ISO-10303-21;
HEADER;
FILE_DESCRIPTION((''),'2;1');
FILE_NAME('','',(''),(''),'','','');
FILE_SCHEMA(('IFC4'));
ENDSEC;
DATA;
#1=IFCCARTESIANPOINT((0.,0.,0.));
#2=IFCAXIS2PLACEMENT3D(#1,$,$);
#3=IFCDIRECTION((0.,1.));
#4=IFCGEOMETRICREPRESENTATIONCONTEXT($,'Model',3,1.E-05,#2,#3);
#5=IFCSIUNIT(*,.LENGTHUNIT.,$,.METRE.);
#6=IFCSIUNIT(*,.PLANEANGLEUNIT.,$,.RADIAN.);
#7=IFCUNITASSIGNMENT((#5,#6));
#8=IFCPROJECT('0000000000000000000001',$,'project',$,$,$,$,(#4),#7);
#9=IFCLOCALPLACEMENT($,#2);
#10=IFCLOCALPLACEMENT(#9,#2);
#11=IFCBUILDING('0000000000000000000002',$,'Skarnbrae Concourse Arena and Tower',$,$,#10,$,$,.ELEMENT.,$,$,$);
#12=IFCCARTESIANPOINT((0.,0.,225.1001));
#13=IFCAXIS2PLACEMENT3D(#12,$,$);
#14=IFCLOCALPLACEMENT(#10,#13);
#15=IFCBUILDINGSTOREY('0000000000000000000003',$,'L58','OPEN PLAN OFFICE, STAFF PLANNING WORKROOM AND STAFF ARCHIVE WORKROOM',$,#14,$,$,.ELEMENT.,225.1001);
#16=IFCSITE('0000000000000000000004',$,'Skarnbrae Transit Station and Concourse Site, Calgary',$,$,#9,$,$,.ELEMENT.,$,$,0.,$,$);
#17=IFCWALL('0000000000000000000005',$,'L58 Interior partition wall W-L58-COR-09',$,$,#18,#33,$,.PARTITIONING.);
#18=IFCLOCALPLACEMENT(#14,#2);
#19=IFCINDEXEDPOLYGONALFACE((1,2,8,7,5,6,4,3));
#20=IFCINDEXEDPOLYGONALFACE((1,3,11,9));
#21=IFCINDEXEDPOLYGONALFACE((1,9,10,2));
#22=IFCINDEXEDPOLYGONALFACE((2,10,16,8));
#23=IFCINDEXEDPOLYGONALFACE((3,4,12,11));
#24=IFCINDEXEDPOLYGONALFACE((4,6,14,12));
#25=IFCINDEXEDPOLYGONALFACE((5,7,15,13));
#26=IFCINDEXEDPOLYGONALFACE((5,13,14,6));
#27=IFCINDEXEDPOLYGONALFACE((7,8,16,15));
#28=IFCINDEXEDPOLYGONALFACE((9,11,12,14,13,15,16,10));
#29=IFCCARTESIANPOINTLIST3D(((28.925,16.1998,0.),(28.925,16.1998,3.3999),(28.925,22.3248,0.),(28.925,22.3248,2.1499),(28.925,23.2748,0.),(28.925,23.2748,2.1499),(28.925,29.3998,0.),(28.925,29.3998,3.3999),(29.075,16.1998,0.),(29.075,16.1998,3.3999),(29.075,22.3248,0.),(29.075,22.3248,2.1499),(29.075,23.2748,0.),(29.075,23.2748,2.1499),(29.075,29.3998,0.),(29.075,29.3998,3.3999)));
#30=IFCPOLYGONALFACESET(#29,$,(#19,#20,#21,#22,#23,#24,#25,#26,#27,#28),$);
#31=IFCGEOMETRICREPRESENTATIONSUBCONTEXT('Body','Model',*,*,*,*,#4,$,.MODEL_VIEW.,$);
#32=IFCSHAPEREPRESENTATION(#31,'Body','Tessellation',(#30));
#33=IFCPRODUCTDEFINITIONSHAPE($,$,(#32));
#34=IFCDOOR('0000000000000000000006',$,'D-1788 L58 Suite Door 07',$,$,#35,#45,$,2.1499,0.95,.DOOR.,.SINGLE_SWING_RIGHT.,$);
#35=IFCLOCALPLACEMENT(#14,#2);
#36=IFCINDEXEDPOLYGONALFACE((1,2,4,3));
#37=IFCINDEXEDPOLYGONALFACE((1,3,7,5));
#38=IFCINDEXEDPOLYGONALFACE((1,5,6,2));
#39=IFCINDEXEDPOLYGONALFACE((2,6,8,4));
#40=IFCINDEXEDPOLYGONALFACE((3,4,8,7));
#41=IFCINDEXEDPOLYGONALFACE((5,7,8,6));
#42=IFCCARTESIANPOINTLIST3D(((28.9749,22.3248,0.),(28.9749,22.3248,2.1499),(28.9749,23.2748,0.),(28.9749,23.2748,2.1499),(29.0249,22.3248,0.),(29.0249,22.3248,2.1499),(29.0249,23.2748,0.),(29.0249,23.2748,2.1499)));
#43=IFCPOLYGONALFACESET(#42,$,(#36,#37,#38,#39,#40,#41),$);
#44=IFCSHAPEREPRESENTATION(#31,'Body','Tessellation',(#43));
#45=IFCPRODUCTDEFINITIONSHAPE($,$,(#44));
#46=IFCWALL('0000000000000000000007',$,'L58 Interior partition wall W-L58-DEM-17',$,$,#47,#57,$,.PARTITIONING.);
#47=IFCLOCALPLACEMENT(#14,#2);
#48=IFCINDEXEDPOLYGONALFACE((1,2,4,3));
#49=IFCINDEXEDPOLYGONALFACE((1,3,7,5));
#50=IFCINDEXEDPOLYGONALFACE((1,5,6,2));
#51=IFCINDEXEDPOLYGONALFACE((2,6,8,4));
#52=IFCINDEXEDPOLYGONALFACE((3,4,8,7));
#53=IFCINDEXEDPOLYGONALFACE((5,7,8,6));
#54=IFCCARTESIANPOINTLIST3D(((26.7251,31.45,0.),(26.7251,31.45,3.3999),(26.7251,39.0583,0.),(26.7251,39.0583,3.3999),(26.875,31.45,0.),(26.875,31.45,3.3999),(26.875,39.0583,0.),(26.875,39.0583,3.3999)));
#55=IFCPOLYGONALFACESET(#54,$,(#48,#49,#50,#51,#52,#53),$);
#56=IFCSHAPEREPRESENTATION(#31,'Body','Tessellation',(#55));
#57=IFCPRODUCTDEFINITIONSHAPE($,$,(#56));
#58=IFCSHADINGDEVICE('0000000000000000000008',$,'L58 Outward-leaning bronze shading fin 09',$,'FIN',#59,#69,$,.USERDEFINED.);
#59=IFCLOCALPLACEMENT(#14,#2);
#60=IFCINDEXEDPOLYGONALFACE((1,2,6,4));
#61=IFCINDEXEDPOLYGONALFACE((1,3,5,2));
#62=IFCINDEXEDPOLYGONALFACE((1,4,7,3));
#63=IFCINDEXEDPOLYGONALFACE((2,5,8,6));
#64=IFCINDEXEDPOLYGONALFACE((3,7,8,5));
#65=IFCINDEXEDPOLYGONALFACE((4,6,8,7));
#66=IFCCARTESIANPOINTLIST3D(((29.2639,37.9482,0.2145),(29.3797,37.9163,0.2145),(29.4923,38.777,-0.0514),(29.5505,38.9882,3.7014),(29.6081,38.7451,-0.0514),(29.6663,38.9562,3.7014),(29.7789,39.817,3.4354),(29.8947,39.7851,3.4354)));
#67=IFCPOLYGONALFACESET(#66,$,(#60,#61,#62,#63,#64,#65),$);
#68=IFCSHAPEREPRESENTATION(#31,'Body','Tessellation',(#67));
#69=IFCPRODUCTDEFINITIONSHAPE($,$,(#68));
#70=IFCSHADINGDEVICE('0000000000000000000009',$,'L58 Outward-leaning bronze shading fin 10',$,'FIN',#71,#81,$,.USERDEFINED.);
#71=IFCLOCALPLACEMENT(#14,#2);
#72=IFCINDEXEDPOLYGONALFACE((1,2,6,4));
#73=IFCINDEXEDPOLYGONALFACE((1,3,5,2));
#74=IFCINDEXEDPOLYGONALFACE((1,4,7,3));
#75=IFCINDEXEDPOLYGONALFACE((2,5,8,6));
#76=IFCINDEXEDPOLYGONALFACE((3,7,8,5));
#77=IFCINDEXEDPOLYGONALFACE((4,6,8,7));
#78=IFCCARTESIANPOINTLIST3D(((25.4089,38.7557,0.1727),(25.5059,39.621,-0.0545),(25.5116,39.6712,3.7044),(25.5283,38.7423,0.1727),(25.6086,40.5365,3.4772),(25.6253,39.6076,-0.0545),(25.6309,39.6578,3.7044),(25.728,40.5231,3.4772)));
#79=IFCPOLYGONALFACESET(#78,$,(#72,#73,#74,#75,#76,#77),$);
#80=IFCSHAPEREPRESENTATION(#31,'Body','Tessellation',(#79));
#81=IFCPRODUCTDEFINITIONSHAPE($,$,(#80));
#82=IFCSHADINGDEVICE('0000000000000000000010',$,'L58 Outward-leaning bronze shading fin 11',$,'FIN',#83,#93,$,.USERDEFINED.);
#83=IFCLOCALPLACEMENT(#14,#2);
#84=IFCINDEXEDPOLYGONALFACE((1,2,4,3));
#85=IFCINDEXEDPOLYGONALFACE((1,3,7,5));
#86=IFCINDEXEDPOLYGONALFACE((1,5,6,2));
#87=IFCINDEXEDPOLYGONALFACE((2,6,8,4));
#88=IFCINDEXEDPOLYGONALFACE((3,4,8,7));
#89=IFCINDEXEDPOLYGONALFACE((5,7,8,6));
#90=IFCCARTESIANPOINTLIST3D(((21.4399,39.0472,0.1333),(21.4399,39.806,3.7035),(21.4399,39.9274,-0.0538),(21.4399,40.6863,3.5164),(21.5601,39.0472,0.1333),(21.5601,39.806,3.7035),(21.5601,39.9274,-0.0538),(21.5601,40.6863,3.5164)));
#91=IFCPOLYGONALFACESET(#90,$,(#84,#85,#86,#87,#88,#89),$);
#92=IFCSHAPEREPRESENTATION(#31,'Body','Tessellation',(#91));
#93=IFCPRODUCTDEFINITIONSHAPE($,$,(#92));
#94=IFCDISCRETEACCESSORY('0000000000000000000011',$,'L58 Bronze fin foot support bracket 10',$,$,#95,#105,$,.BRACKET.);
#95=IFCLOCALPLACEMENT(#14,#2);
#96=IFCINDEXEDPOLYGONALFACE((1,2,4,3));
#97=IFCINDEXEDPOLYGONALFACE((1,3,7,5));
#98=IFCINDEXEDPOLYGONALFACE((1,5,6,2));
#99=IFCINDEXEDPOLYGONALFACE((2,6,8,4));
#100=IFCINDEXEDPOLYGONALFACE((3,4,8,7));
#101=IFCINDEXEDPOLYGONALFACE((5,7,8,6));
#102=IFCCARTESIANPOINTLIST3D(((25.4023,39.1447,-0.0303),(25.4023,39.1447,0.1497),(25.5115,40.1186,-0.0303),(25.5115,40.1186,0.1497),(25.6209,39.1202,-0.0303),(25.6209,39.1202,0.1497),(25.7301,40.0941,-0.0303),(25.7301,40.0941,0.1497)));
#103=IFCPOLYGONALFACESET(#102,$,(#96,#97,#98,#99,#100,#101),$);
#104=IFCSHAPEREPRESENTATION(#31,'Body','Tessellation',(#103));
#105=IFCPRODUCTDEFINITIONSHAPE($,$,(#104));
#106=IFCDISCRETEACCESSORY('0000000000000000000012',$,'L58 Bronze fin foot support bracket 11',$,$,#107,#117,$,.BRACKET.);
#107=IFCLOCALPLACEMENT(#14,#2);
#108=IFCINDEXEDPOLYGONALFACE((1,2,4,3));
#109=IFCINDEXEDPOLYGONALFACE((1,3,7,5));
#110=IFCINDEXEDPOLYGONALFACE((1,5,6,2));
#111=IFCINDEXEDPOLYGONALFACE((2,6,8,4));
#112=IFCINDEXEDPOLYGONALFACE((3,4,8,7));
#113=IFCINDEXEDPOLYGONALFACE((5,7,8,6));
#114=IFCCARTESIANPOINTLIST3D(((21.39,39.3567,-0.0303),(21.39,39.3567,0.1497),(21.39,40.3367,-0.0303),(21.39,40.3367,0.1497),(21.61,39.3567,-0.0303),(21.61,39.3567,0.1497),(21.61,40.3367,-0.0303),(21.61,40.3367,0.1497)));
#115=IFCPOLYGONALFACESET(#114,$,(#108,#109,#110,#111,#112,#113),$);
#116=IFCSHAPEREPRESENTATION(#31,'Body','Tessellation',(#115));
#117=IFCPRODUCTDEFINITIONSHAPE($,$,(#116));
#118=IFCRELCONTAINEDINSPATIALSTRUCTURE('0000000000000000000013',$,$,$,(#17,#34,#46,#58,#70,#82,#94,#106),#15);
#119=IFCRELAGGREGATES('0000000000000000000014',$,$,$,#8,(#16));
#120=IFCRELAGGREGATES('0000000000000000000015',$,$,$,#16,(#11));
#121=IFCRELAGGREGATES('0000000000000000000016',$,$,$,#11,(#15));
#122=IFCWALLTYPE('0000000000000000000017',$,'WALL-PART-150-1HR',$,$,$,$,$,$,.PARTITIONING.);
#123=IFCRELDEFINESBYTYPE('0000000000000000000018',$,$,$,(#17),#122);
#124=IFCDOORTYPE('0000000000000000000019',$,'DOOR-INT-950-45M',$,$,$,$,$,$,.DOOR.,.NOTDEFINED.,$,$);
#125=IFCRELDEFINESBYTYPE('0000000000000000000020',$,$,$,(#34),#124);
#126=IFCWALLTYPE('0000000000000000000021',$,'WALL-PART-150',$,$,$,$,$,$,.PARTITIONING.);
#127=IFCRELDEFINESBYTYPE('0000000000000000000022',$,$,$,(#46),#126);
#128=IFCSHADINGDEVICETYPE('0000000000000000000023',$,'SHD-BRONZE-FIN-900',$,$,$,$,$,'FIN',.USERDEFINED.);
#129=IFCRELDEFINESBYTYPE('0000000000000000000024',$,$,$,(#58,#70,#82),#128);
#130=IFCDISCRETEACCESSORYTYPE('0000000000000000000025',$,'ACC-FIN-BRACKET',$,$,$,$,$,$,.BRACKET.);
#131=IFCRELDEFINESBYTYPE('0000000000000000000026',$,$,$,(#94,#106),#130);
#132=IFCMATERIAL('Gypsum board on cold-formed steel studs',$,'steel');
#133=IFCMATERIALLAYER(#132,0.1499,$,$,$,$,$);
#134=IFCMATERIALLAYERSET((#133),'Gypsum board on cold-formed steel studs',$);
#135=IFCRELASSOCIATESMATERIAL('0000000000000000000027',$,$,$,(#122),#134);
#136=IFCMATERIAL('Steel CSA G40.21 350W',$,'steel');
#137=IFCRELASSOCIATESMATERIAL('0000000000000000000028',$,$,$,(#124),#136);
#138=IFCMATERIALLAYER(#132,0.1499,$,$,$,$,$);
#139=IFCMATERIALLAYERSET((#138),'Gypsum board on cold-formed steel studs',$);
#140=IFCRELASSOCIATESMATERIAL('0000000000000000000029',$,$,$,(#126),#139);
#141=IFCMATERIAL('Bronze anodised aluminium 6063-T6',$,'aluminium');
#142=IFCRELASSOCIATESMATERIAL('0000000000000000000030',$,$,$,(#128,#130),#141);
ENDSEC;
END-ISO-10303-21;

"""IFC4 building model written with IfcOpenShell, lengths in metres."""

from ifc_helpers import new_model, si_unit, direction, frame, frame_2d, origin, origin_2d, place, context, subcontext, project, spatial, rectangle, extrude, source, transform, mapped, material, layer, layer_set, type_object, element, fill, save


model = new_model("IFC4")

# Units and contexts
model_context = context("Model", 3, precision=1e-05, world=origin(), true_north=direction((0.0, 1.0)))
body_context = subcontext(model_context, "Body", "Model", "MODEL_VIEW")
ifc_project = project(units=[si_unit("LENGTHUNIT", "METRE"), si_unit("PLANEANGLEUNIT", "RADIAN")], contexts=[model_context])

# Site, building, storey
site_placement = place(None, origin())
site = spatial("IfcSite", under=ifc_project, at=site_placement, Name="Skarnbrae Transit Station and Concourse Site, Calgary", CompositionType="ELEMENT", RefElevation=0.0)
building_placement = place(site_placement, origin())
building = spatial("IfcBuilding", under=site, at=building_placement, Name="Skarnbrae Concourse Arena and Tower", CompositionType="ELEMENT")
storey_placement = place(building_placement, frame((0.0, 0.0, 225.1001)))
storey = spatial("IfcBuildingStorey", under=building, at=storey_placement, Name="L58", Description="OPEN PLAN OFFICE, STAFF PLANNING WORKROOM AND STAFF ARCHIVE WORKROOM", CompositionType="ELEMENT", Elevation=225.1001)

# Shared definitions
ifc_material_1 = material(Name="Steel CSA G40.21 350W", Category="steel")

# Shared definitions
ifc_material_2 = material(Name="Bronze anodised aluminium 6063-T6", Category="aluminium")

# Shared definitions
ifc_material_3 = material(Name="Gypsum board on cold-formed steel studs", Category="steel")
ifc_layer_1 = layer(ifc_material_3, 0.1499)
ifc_layer_set_1 = layer_set([ifc_layer_1], Name="Gypsum board on cold-formed steel studs")
wall_type_1 = type_object("IfcWallType", Name="WALL-PART-150-1HR", PredefinedType="PARTITIONING", material=ifc_layer_set_1)

# Shared definitions
door_type = type_object("IfcDoorType", Name="DOOR-INT-950-45M", OperationType="NOTDEFINED", PredefinedType="DOOR", material=ifc_material_1)
shared_shape_1 = source(origin(), body_context, "Body", "SweptSolid", [
    extrude(rectangle(XDim=0.95, YDim=2.1499, at=frame_2d((0.4751, 1.075))), frame((0.0, 0.0249, 0.0), z_axis=(0.0, -1.0, 0.0), x_axis=(1.0, 0.0, 0.0)), (0.0, 0.0, 1.0), 0.05),
])

# Wall, opening, door
shared_shape_2 = source(origin(), body_context, "Body", "SweptSolid", [
    extrude(rectangle(XDim=13.2, YDim=0.1499, at=frame_2d((6.6001, 0.0))), origin(), (0.0, 0.0, 1.0), 3.3999),
])
wall_1_placement = place(storey_placement, frame((29.0, 29.3999, 0.0), z_axis=(0.0, 0.0, 1.0), x_axis=(0.0, -1.0, 0.0)))
wall_1 = element("IfcWall", 1, at=wall_1_placement, inside=storey, type_object=wall_type_1, Name="L58 Interior partition wall W-L58-COR-09", PredefinedType="PARTITIONING", context=body_context, shape_type="MappedRepresentation", body=[
    mapped(shared_shape_2, transform((0.0, 0.0, 0.0))),
])
opening_1_placement = place(wall_1_placement, frame((6.125, 0.0, 0.0)))
opening_1 = element("IfcOpeningElement", 2, at=opening_1_placement, cuts=wall_1, PredefinedType="OPENING", context=body_context, shape_type="SweptSolid", body=[
    extrude(rectangle(XDim=0.95, YDim=2.1499, at=frame_2d((0.4751, 1.075))), frame((0.0, 0.085, 0.0), z_axis=(0.0, -1.0, 0.0), x_axis=(1.0, 0.0, 0.0)), (0.0, 0.0, 1.0), 0.1699),
])
door_1_placement = place(opening_1_placement, origin())
door_1 = element("IfcDoor", 3, at=door_1_placement, inside=storey, type_object=door_type, Name="D-1788 L58 Suite Door 07", OperationType="SINGLE_SWING_RIGHT", OverallHeight=2.1499, OverallWidth=0.95, PredefinedType="DOOR", context=body_context, shape_type="MappedRepresentation", body=[
    mapped(shared_shape_1, transform((0.0, 0.0, 0.0))),
])
fill(opening_1, door_1)

# Wall
ifc_layer_2 = layer(ifc_material_3, 0.1499)
ifc_layer_set_2 = layer_set([ifc_layer_2], Name="Gypsum board on cold-formed steel studs")
wall_type_2 = type_object("IfcWallType", Name="WALL-PART-150", PredefinedType="PARTITIONING", material=ifc_layer_set_2)
shared_shape_3 = source(origin(), body_context, "Body", "SweptSolid", [
    extrude(rectangle(XDim=7.6084, YDim=0.1499, at=frame_2d((3.8042, 0.0))), origin(), (0.0, 0.0, 1.0), 3.3999),
])
wall_2_placement = place(storey_placement, frame((26.8, 39.0583, 0.0), z_axis=(0.0, 0.0, 1.0), x_axis=(0.0, -1.0, 0.0)))
element("IfcWall", 4, at=wall_2_placement, inside=storey, type_object=wall_type_2, Name="L58 Interior partition wall W-L58-DEM-17", PredefinedType="PARTITIONING", context=body_context, shape_type="MappedRepresentation", body=[
    mapped(shared_shape_3, transform((0.0, 0.0, 0.0))),
])

# Shading devices
shading_device_type = type_object("IfcShadingDeviceType", Name="SHD-BRONZE-FIN-900", ElementType="FIN", PredefinedType="USERDEFINED", material=ifc_material_2)
shared_shape_4 = source(origin(), body_context, "Body", "SweptSolid", [
    extrude(rectangle(XDim=0.1201, YDim=0.8999, at=origin_2d()), origin(), (0.0, 0.0, 1.0), 3.6499),
])
for number, where, z_axis, x_axis, name in (
    (5, (29.436, 38.3467, 0.0815), (0.078523, 0.284919, 0.95533), (0.964058, -0.265691, 0.0), "L58 Outward-leaning bronze shading fin 09"),
    (6, (25.5171, 39.1816, 0.0591), (0.028131, 0.250835, 0.967621), (0.99377, -0.111452, 0.0), "L58 Outward-leaning bronze shading fin 10"),
    (7, (21.5, 39.4873, 0.0398), (0.0, 0.207912, 0.978148), (1.0, 0.0, 0.0), "L58 Outward-leaning bronze shading fin 11"),
):
    element("IfcShadingDevice", number, at=place(storey_placement, frame(where, z_axis=z_axis, x_axis=x_axis)), inside=storey, type_object=shading_device_type, Name=name, ObjectType="FIN", PredefinedType="USERDEFINED", context=body_context, shape_type="MappedRepresentation", body=[
        mapped(shared_shape_4, transform((0.0, 0.0, 0.0))),
    ])

# Discrete accessories
discrete_accessory_type = type_object("IfcDiscreteAccessoryType", Name="ACC-FIN-BRACKET", PredefinedType="BRACKET", material=ifc_material_2)
shared_shape_5 = source(origin(), body_context, "Body", "SweptSolid", [
    extrude(rectangle(XDim=0.22, YDim=0.98, at=origin_2d()), origin(), (0.0, 0.0, 1.0), 0.1799),
])
for number, where, z_axis, x_axis, name in (
    (8, (25.5662, 39.6194, -0.0303), (0.0, 0.0, 1.0), (0.99377, -0.111452, 0.0), "L58 Bronze fin foot support bracket 10"),
    (9, (21.5, 39.8467, -0.0303), (0.0, 0.0, 1.0), (1.0, 0.0, 0.0), "L58 Bronze fin foot support bracket 11"),
):
    element("IfcDiscreteAccessory", number, at=place(storey_placement, frame(where, z_axis=z_axis, x_axis=x_axis)), inside=storey, type_object=discrete_accessory_type, Name=name, PredefinedType="BRACKET", context=body_context, shape_type="MappedRepresentation", body=[
        mapped(shared_shape_5, transform((0.0, 0.0, 0.0))),
    ])

save(model, "model.ifc")
